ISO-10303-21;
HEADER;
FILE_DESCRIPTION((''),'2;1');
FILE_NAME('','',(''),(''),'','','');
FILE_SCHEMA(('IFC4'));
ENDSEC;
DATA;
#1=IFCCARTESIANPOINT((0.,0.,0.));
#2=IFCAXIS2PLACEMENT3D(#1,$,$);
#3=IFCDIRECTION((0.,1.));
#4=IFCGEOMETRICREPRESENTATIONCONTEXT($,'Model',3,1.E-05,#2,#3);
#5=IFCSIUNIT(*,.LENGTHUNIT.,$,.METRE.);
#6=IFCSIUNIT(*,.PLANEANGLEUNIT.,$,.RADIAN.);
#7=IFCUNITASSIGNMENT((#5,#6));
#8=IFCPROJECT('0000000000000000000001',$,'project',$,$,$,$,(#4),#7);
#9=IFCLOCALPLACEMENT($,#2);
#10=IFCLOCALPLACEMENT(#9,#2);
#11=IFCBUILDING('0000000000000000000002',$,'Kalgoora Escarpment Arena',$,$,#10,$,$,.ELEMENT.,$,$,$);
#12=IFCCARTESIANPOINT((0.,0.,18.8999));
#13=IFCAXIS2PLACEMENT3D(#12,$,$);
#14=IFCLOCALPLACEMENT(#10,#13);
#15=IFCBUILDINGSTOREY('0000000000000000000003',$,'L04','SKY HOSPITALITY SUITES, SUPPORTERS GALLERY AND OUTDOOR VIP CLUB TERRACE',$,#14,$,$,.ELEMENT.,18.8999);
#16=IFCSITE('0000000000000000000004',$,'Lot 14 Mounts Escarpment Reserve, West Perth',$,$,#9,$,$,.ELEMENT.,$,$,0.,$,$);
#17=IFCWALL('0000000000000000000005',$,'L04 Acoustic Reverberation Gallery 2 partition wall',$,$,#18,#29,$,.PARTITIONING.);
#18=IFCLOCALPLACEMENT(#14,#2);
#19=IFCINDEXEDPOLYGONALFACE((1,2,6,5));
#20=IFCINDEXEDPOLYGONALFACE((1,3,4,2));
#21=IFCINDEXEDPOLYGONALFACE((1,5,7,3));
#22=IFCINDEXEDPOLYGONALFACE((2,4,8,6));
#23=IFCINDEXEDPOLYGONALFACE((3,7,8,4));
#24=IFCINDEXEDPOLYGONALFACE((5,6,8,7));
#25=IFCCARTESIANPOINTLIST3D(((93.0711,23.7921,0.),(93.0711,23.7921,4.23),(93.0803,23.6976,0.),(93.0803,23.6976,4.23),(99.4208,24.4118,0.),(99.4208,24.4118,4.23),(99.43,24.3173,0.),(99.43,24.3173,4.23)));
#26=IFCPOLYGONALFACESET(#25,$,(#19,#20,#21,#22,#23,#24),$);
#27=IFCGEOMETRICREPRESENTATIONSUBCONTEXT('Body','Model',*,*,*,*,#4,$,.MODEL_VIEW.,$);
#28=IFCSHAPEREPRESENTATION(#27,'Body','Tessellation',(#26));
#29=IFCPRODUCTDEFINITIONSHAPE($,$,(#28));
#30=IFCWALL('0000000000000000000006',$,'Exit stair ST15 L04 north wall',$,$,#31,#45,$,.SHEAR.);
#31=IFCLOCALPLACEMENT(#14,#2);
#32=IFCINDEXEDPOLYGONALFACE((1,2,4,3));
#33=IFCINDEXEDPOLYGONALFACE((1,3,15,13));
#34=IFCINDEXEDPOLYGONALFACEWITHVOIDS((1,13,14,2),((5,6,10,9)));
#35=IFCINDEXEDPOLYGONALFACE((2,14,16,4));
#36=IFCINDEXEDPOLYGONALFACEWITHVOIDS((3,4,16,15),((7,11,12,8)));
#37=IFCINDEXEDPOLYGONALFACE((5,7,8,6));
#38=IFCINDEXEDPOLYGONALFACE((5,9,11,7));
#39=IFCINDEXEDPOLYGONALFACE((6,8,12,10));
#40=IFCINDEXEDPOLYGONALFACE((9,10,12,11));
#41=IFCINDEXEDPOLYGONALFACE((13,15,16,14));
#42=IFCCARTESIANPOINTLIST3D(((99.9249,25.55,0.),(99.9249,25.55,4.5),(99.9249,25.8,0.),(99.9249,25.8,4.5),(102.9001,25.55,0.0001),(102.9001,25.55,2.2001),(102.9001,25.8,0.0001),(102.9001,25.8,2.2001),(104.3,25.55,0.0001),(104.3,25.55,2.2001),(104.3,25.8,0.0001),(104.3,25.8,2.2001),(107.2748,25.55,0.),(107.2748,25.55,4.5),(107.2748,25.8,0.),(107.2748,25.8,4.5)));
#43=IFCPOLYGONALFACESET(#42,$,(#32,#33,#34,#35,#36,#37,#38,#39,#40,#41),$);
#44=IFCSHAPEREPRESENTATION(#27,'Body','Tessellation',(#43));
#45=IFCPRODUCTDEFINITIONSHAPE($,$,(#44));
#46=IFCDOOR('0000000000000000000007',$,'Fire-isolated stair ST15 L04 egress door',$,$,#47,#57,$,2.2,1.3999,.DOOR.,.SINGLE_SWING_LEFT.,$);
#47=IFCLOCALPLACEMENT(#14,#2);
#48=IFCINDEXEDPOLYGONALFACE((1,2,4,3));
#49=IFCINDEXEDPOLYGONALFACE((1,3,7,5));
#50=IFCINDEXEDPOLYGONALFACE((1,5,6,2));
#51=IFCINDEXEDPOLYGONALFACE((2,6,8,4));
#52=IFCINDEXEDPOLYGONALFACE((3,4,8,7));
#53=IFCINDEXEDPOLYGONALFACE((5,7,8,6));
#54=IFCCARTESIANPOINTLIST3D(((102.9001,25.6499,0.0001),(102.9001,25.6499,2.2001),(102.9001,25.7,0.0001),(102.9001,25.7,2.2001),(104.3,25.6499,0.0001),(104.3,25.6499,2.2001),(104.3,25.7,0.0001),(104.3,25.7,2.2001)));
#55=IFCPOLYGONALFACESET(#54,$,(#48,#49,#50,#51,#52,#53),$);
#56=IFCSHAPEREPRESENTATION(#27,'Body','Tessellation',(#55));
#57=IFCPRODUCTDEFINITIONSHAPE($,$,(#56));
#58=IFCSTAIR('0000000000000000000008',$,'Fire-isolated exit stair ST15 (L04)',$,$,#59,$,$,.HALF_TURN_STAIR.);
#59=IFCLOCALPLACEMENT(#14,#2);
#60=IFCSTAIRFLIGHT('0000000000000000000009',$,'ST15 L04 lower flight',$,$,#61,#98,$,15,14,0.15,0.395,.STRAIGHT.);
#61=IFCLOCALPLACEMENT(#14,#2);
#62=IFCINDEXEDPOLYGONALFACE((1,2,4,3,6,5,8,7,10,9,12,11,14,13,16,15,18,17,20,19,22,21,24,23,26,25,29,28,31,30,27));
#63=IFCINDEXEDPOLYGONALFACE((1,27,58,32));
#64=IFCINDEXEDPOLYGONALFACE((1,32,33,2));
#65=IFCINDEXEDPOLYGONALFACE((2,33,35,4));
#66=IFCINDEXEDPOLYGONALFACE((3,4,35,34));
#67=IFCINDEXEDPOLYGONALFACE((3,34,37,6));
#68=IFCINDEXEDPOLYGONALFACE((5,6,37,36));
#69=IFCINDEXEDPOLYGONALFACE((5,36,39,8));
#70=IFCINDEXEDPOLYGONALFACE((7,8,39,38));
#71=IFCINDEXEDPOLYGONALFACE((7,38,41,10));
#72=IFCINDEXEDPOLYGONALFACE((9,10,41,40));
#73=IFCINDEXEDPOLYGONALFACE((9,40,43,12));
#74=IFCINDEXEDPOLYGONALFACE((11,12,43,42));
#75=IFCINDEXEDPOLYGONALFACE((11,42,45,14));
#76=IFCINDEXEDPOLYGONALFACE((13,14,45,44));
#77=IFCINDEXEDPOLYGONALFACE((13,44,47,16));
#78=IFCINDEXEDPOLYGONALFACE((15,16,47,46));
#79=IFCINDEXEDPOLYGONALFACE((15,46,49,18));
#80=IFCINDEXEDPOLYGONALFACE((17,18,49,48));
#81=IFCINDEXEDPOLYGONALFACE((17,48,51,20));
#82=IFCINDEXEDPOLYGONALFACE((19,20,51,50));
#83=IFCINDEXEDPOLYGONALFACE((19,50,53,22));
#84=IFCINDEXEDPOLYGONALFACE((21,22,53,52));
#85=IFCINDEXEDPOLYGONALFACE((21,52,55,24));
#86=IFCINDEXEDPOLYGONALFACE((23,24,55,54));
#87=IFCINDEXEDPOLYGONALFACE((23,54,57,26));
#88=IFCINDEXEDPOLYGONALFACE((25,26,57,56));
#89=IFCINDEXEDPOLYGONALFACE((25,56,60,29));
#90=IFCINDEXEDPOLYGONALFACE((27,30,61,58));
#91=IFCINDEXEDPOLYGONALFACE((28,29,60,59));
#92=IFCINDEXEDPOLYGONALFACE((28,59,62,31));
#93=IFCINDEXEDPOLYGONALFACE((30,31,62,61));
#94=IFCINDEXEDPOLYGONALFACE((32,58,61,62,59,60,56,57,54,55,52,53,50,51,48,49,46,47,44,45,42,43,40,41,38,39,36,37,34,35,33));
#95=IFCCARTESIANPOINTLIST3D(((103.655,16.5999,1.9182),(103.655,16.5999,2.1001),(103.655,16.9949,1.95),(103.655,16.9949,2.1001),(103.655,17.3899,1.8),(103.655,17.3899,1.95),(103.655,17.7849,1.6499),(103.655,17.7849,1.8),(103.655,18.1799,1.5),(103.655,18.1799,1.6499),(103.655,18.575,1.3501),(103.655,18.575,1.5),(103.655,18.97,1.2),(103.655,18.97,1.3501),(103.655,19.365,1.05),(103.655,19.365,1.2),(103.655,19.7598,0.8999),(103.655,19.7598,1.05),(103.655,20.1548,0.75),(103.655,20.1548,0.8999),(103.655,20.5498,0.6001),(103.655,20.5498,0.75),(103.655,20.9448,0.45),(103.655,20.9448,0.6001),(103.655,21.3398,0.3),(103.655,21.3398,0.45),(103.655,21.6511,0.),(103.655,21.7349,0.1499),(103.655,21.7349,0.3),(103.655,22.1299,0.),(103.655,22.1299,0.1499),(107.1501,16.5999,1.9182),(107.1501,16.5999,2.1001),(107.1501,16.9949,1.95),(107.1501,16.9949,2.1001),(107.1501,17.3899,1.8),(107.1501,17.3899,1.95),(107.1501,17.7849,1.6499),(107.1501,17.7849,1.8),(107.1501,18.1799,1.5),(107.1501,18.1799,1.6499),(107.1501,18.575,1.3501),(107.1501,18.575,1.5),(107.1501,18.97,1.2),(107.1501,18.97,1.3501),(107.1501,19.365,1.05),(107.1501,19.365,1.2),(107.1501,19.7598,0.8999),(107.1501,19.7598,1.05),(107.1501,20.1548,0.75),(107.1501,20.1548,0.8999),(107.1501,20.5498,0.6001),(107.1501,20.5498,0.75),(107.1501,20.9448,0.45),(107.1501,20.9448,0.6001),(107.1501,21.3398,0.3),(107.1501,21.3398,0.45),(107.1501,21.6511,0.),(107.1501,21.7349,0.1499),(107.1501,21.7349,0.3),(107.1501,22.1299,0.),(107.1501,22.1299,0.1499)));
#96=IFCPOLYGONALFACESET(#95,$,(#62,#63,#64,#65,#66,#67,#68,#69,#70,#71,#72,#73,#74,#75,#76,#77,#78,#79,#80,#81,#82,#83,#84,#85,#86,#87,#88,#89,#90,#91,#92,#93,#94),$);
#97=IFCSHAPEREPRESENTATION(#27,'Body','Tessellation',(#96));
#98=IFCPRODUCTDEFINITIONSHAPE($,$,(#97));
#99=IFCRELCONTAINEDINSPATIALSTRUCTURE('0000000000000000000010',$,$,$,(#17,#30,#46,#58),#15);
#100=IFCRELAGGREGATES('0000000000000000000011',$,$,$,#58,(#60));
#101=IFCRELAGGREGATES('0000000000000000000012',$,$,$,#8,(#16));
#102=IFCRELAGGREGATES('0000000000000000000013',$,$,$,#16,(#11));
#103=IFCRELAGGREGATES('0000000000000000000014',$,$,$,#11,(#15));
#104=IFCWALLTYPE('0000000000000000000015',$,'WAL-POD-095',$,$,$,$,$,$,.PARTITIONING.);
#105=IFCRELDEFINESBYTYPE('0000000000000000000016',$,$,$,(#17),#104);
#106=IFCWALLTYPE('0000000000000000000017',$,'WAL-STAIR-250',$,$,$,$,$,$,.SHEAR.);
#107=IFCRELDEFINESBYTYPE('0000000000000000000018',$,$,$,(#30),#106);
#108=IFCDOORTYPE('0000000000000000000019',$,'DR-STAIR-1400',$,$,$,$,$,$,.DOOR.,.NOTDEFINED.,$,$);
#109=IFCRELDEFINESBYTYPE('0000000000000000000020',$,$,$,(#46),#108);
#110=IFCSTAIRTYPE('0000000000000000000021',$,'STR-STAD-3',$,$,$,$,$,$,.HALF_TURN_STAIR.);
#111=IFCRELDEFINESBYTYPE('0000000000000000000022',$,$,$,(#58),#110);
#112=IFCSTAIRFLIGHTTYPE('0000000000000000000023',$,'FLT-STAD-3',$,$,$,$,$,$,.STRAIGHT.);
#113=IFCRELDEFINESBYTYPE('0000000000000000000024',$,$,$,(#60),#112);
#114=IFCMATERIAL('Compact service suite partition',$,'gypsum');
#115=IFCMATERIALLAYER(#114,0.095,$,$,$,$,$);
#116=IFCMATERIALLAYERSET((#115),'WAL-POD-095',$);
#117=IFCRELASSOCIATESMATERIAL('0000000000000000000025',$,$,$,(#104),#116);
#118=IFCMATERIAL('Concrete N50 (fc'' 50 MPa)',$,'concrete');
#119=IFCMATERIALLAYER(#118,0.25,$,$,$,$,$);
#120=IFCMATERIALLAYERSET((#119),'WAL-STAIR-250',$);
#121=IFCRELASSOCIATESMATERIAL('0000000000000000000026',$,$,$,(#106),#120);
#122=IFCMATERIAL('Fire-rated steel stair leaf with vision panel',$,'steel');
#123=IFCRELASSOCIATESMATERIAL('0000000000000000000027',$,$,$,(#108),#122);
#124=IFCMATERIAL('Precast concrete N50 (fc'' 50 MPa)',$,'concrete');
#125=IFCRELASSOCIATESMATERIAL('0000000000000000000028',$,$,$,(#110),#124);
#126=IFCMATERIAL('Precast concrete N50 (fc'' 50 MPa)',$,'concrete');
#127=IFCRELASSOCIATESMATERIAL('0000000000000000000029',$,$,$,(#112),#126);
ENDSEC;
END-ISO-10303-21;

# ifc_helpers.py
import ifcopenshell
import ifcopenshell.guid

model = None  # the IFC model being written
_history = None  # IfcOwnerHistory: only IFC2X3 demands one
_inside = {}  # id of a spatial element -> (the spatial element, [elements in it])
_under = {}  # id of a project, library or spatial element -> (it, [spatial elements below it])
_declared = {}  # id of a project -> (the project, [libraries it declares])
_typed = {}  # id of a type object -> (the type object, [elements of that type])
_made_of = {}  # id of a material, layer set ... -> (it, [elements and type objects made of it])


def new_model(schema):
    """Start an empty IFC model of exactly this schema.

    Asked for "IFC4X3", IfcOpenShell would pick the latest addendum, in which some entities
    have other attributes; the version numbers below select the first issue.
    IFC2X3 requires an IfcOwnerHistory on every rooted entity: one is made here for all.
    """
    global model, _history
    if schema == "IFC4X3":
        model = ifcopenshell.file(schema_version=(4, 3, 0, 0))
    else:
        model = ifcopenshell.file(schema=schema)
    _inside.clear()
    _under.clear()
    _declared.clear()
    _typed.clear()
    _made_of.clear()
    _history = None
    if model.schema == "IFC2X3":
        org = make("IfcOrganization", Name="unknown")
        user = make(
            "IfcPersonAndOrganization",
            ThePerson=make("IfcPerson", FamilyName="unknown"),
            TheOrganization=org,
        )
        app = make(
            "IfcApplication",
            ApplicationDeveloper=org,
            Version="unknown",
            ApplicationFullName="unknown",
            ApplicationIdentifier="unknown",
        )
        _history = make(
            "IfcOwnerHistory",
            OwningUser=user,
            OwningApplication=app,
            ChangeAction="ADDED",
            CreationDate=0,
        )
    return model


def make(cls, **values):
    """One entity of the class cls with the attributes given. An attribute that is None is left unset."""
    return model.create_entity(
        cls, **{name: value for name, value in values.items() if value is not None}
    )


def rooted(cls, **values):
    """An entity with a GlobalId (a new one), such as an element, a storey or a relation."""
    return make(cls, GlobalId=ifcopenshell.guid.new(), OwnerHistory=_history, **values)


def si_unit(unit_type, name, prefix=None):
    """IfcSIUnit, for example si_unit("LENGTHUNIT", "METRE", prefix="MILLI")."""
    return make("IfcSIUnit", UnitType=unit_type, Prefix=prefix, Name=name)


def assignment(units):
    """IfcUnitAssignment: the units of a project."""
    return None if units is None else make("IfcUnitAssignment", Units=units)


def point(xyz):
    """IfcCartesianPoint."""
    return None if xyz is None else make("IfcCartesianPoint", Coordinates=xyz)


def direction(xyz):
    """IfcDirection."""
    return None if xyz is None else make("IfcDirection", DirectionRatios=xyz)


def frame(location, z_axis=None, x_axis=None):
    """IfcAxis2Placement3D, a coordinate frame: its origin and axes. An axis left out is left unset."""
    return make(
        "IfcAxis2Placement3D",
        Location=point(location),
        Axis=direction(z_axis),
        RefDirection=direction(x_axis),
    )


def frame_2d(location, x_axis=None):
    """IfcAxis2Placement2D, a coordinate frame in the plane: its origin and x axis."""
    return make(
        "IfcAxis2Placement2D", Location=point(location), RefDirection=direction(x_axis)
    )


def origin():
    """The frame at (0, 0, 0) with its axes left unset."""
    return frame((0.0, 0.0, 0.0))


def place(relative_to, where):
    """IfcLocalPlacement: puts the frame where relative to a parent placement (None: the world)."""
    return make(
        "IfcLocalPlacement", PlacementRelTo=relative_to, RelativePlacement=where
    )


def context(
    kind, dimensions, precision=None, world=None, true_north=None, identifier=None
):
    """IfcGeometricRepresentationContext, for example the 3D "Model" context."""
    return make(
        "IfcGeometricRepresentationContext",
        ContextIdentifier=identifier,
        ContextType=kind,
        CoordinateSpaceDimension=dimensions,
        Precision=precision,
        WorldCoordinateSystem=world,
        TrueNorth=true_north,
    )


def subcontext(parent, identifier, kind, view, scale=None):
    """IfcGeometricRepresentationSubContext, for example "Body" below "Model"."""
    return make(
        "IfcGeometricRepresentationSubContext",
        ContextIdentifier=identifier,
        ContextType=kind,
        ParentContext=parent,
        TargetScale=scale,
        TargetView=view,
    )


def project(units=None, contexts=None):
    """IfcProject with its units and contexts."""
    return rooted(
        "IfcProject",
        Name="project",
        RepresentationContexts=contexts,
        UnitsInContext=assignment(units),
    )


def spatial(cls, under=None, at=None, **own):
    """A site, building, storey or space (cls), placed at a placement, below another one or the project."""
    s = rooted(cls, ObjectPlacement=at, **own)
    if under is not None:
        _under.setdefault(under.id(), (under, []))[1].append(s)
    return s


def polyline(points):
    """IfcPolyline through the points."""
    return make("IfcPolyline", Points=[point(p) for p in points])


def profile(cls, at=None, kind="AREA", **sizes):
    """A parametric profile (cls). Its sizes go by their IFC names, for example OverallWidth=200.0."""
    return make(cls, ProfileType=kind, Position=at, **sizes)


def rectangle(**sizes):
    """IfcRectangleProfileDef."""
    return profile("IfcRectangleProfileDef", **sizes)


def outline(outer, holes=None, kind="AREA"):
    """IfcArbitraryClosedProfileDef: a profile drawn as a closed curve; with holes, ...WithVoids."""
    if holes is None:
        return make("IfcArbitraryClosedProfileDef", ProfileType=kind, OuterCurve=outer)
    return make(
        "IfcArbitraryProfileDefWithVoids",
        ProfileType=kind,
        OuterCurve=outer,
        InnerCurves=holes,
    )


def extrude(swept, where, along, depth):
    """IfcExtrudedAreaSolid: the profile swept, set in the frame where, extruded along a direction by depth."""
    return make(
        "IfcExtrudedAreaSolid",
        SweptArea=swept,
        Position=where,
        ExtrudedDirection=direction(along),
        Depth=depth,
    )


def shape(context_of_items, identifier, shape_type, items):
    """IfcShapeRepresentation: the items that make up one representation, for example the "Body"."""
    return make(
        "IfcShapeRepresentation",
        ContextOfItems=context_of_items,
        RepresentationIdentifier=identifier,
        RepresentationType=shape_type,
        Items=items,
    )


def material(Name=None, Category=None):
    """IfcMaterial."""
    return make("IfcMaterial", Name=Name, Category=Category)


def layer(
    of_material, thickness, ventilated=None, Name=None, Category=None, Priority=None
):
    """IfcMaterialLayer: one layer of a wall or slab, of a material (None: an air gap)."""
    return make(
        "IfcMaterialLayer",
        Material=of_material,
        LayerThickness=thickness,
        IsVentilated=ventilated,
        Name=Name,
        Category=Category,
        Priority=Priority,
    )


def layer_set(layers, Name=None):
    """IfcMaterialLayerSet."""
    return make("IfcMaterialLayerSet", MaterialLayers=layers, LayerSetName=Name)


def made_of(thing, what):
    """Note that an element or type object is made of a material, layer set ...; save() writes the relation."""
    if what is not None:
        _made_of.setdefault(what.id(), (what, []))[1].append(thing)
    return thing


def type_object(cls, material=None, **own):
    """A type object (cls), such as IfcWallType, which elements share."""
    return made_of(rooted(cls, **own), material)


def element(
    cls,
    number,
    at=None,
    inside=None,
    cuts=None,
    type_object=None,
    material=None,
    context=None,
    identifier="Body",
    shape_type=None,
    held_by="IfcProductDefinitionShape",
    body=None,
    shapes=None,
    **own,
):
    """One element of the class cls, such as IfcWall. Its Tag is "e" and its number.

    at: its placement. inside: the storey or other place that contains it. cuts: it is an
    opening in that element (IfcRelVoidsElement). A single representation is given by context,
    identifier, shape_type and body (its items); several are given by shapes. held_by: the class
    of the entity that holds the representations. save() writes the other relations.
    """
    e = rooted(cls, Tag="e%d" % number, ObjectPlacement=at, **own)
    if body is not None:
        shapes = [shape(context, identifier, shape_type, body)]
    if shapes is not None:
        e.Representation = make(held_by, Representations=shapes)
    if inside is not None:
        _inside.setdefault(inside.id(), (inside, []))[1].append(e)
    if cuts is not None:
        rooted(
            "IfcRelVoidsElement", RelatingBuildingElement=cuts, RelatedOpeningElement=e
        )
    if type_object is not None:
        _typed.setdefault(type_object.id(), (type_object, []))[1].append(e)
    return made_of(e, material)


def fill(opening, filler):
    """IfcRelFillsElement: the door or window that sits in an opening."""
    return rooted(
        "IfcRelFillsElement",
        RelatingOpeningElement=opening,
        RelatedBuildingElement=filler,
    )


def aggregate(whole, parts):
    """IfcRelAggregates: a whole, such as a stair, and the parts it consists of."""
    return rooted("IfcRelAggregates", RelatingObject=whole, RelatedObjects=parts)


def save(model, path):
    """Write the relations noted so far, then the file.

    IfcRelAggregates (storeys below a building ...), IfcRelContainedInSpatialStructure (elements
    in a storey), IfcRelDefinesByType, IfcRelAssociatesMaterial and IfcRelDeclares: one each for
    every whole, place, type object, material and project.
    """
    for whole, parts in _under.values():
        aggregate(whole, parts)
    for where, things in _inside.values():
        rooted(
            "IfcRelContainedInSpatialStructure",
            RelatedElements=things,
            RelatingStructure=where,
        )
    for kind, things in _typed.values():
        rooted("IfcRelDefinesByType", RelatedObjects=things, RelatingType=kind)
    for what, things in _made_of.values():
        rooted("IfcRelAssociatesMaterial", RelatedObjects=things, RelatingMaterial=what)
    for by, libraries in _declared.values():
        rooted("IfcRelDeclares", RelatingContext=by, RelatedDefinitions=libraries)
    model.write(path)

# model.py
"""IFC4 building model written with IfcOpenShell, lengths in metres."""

from ifc_helpers import new_model, si_unit, direction, frame, frame_2d, origin, place, context, subcontext, project, spatial, polyline, rectangle, outline, extrude, material, layer, layer_set, type_object, element, fill, aggregate, save


model = new_model("IFC4")

# Units and contexts
model_context = context("Model", 3, precision=1e-05, world=origin(), true_north=direction((0.0, 1.0)))
body_context = subcontext(model_context, "Body", "Model", "MODEL_VIEW")
ifc_project = project(units=[si_unit("LENGTHUNIT", "METRE"), si_unit("PLANEANGLEUNIT", "RADIAN")], contexts=[model_context])

# Site, building, storey
site_placement = place(None, origin())
site = spatial("IfcSite", under=ifc_project, at=site_placement, Name="Lot 14 Mounts Escarpment Reserve, West Perth", CompositionType="ELEMENT", RefElevation=0.0)
building_placement = place(site_placement, origin())
building = spatial("IfcBuilding", under=site, at=building_placement, Name="Kalgoora Escarpment Arena", CompositionType="ELEMENT")
storey_placement = place(building_placement, frame((0.0, 0.0, 18.8999)))
storey = spatial("IfcBuildingStorey", under=building, at=storey_placement, Name="L04", Description="SKY HOSPITALITY SUITES, SUPPORTERS GALLERY AND OUTDOOR VIP CLUB TERRACE", CompositionType="ELEMENT", Elevation=18.8999)

# Wall
ifc_material_1 = material(Name="Compact service suite partition", Category="gypsum")
ifc_layer_1 = layer(ifc_material_1, 0.095)
ifc_layer_set_1 = layer_set([ifc_layer_1], Name="WAL-POD-095")
wall_type_1 = type_object("IfcWallType", Name="WAL-POD-095", PredefinedType="PARTITIONING", material=ifc_layer_set_1)
wall_1_placement = place(storey_placement, frame((93.0757, 23.7449, 0.0), z_axis=(0.0, 0.0, 1.0), x_axis=(0.995272, 0.097124, 0.0)))
element("IfcWall", 1, at=wall_1_placement, inside=storey, type_object=wall_type_1, Name="L04 Acoustic Reverberation Gallery 2 partition wall", PredefinedType="PARTITIONING", context=body_context, shape_type="SweptSolid", body=[
    extrude(rectangle(XDim=6.3799, YDim=0.095, at=frame_2d((3.1899, 0.0))), origin(), (0.0, 0.0, 1.0), 4.23),
])

# Wall, opening, door
ifc_material_2 = material(Name="Concrete N50 (fc' 50 MPa)", Category="concrete")
ifc_layer_2 = layer(ifc_material_2, 0.25)
ifc_layer_set_2 = layer_set([ifc_layer_2], Name="WAL-STAIR-250")
wall_type_2 = type_object("IfcWallType", Name="WAL-STAIR-250", PredefinedType="SHEAR", material=ifc_layer_set_2)
wall_2_placement = place(storey_placement, frame((99.925, 25.675, 0.0), z_axis=(0.0, 0.0, 1.0), x_axis=(1.0, 0.0, 0.0)))
wall_2 = element("IfcWall", 2, at=wall_2_placement, inside=storey, type_object=wall_type_2, Name="Exit stair ST15 L04 north wall", PredefinedType="SHEAR", context=body_context, shape_type="SweptSolid", body=[
    extrude(rectangle(XDim=7.3499, YDim=0.25, at=frame_2d((3.6748, 0.0))), origin(), (0.0, 0.0, 1.0), 4.5),
])
opening_placement = place(wall_2_placement, frame((2.9751, 0.0, 0.0)))
opening = element("IfcOpeningElement", 3, at=opening_placement, cuts=wall_2, PredefinedType="OPENING", context=body_context, shape_type="SweptSolid", body=[
    extrude(rectangle(XDim=1.3999, YDim=2.2, at=frame_2d((0.7, 1.1001))), frame((0.0, 0.135, 0.0), z_axis=(0.0, -1.0, 0.0), x_axis=(1.0, 0.0, 0.0)), (0.0, 0.0, 1.0), 0.27),
])
ifc_material_3 = material(Name="Fire-rated steel stair leaf with vision panel", Category="steel")
door_type = type_object("IfcDoorType", Name="DR-STAIR-1400", OperationType="NOTDEFINED", PredefinedType="DOOR", material=ifc_material_3)
door_placement = place(opening_placement, origin())
door = element("IfcDoor", 4, at=door_placement, inside=storey, type_object=door_type, Name="Fire-isolated stair ST15 L04 egress door", OperationType="SINGLE_SWING_LEFT", OverallHeight=2.2, OverallWidth=1.3999, PredefinedType="DOOR", context=body_context, shape_type="SweptSolid", body=[
    extrude(rectangle(XDim=1.3999, YDim=2.2, at=frame_2d((0.7, 1.1001))), frame((0.0, 0.0249, 0.0), z_axis=(0.0, -1.0, 0.0), x_axis=(1.0, 0.0, 0.0)), (0.0, 0.0, 1.0), 0.05),
])
fill(opening, door)

# Stair, stair flight
ifc_material_4 = material(Name="Precast concrete N50 (fc' 50 MPa)", Category="concrete")
stair_type = type_object("IfcStairType", Name="STR-STAD-3", PredefinedType="HALF_TURN_STAIR", material=ifc_material_4)
stair_placement = place(storey_placement, origin())
stair = element("IfcStair", 5, at=stair_placement, inside=storey, type_object=stair_type, Name="Fire-isolated exit stair ST15 (L04)", PredefinedType="HALF_TURN_STAIR")
ifc_material_5 = material(Name="Precast concrete N50 (fc' 50 MPa)", Category="concrete")
stair_flight_type = type_object("IfcStairFlightType", Name="FLT-STAD-3", PredefinedType="STRAIGHT", material=ifc_material_5)
stair_flight_placement = place(storey_placement, frame((105.4026, 22.1299, 0.0), z_axis=(0.0, 0.0, 1.0), x_axis=(0.0, -1.0, 0.0)))
stair_flight = element("IfcStairFlight", 6, at=stair_flight_placement, type_object=stair_flight_type, Name="ST15 L04 lower flight", NumberOfRisers=15, NumberOfTreads=14, PredefinedType="STRAIGHT", RiserHeight=0.15, TreadLength=0.395, context=body_context, shape_type="SweptSolid", body=[
    extrude(outline(polyline([(0.0, 0.0), (0.0, 0.1499), (0.395, 0.1499), (0.395, 0.3), (0.79, 0.3), (0.79, 0.45), (1.1851, 0.45), (1.1851, 0.6001), (1.5801, 0.6001), (1.5801, 0.75), (1.9751, 0.75), (1.9751, 0.8999), (2.3701, 0.8999), (2.3701, 1.05), (2.7649, 1.05), (2.7649, 1.2), (3.1599, 1.2), (3.1599, 1.3501), (3.5549, 1.3501), (3.5549, 1.5), (3.95, 1.5), (3.95, 1.6499), (4.345, 1.6499), (4.345, 1.8), (4.74, 1.8), (4.74, 1.95), (5.135, 1.95), (5.135, 2.1001), (5.53, 2.1001), (5.53, 2.25), (5.53, 1.9182), (0.4788, 0.0), (0.0, 0.0)])), frame((0.0, 1.7476, 0.0), z_axis=(0.0, -1.0, 0.0), x_axis=(1.0, 0.0, 0.0)), (0.0, 0.0, 1.0), 3.4951),
])
aggregate(stair, [stair_flight])

save(model, "model.ifc")
